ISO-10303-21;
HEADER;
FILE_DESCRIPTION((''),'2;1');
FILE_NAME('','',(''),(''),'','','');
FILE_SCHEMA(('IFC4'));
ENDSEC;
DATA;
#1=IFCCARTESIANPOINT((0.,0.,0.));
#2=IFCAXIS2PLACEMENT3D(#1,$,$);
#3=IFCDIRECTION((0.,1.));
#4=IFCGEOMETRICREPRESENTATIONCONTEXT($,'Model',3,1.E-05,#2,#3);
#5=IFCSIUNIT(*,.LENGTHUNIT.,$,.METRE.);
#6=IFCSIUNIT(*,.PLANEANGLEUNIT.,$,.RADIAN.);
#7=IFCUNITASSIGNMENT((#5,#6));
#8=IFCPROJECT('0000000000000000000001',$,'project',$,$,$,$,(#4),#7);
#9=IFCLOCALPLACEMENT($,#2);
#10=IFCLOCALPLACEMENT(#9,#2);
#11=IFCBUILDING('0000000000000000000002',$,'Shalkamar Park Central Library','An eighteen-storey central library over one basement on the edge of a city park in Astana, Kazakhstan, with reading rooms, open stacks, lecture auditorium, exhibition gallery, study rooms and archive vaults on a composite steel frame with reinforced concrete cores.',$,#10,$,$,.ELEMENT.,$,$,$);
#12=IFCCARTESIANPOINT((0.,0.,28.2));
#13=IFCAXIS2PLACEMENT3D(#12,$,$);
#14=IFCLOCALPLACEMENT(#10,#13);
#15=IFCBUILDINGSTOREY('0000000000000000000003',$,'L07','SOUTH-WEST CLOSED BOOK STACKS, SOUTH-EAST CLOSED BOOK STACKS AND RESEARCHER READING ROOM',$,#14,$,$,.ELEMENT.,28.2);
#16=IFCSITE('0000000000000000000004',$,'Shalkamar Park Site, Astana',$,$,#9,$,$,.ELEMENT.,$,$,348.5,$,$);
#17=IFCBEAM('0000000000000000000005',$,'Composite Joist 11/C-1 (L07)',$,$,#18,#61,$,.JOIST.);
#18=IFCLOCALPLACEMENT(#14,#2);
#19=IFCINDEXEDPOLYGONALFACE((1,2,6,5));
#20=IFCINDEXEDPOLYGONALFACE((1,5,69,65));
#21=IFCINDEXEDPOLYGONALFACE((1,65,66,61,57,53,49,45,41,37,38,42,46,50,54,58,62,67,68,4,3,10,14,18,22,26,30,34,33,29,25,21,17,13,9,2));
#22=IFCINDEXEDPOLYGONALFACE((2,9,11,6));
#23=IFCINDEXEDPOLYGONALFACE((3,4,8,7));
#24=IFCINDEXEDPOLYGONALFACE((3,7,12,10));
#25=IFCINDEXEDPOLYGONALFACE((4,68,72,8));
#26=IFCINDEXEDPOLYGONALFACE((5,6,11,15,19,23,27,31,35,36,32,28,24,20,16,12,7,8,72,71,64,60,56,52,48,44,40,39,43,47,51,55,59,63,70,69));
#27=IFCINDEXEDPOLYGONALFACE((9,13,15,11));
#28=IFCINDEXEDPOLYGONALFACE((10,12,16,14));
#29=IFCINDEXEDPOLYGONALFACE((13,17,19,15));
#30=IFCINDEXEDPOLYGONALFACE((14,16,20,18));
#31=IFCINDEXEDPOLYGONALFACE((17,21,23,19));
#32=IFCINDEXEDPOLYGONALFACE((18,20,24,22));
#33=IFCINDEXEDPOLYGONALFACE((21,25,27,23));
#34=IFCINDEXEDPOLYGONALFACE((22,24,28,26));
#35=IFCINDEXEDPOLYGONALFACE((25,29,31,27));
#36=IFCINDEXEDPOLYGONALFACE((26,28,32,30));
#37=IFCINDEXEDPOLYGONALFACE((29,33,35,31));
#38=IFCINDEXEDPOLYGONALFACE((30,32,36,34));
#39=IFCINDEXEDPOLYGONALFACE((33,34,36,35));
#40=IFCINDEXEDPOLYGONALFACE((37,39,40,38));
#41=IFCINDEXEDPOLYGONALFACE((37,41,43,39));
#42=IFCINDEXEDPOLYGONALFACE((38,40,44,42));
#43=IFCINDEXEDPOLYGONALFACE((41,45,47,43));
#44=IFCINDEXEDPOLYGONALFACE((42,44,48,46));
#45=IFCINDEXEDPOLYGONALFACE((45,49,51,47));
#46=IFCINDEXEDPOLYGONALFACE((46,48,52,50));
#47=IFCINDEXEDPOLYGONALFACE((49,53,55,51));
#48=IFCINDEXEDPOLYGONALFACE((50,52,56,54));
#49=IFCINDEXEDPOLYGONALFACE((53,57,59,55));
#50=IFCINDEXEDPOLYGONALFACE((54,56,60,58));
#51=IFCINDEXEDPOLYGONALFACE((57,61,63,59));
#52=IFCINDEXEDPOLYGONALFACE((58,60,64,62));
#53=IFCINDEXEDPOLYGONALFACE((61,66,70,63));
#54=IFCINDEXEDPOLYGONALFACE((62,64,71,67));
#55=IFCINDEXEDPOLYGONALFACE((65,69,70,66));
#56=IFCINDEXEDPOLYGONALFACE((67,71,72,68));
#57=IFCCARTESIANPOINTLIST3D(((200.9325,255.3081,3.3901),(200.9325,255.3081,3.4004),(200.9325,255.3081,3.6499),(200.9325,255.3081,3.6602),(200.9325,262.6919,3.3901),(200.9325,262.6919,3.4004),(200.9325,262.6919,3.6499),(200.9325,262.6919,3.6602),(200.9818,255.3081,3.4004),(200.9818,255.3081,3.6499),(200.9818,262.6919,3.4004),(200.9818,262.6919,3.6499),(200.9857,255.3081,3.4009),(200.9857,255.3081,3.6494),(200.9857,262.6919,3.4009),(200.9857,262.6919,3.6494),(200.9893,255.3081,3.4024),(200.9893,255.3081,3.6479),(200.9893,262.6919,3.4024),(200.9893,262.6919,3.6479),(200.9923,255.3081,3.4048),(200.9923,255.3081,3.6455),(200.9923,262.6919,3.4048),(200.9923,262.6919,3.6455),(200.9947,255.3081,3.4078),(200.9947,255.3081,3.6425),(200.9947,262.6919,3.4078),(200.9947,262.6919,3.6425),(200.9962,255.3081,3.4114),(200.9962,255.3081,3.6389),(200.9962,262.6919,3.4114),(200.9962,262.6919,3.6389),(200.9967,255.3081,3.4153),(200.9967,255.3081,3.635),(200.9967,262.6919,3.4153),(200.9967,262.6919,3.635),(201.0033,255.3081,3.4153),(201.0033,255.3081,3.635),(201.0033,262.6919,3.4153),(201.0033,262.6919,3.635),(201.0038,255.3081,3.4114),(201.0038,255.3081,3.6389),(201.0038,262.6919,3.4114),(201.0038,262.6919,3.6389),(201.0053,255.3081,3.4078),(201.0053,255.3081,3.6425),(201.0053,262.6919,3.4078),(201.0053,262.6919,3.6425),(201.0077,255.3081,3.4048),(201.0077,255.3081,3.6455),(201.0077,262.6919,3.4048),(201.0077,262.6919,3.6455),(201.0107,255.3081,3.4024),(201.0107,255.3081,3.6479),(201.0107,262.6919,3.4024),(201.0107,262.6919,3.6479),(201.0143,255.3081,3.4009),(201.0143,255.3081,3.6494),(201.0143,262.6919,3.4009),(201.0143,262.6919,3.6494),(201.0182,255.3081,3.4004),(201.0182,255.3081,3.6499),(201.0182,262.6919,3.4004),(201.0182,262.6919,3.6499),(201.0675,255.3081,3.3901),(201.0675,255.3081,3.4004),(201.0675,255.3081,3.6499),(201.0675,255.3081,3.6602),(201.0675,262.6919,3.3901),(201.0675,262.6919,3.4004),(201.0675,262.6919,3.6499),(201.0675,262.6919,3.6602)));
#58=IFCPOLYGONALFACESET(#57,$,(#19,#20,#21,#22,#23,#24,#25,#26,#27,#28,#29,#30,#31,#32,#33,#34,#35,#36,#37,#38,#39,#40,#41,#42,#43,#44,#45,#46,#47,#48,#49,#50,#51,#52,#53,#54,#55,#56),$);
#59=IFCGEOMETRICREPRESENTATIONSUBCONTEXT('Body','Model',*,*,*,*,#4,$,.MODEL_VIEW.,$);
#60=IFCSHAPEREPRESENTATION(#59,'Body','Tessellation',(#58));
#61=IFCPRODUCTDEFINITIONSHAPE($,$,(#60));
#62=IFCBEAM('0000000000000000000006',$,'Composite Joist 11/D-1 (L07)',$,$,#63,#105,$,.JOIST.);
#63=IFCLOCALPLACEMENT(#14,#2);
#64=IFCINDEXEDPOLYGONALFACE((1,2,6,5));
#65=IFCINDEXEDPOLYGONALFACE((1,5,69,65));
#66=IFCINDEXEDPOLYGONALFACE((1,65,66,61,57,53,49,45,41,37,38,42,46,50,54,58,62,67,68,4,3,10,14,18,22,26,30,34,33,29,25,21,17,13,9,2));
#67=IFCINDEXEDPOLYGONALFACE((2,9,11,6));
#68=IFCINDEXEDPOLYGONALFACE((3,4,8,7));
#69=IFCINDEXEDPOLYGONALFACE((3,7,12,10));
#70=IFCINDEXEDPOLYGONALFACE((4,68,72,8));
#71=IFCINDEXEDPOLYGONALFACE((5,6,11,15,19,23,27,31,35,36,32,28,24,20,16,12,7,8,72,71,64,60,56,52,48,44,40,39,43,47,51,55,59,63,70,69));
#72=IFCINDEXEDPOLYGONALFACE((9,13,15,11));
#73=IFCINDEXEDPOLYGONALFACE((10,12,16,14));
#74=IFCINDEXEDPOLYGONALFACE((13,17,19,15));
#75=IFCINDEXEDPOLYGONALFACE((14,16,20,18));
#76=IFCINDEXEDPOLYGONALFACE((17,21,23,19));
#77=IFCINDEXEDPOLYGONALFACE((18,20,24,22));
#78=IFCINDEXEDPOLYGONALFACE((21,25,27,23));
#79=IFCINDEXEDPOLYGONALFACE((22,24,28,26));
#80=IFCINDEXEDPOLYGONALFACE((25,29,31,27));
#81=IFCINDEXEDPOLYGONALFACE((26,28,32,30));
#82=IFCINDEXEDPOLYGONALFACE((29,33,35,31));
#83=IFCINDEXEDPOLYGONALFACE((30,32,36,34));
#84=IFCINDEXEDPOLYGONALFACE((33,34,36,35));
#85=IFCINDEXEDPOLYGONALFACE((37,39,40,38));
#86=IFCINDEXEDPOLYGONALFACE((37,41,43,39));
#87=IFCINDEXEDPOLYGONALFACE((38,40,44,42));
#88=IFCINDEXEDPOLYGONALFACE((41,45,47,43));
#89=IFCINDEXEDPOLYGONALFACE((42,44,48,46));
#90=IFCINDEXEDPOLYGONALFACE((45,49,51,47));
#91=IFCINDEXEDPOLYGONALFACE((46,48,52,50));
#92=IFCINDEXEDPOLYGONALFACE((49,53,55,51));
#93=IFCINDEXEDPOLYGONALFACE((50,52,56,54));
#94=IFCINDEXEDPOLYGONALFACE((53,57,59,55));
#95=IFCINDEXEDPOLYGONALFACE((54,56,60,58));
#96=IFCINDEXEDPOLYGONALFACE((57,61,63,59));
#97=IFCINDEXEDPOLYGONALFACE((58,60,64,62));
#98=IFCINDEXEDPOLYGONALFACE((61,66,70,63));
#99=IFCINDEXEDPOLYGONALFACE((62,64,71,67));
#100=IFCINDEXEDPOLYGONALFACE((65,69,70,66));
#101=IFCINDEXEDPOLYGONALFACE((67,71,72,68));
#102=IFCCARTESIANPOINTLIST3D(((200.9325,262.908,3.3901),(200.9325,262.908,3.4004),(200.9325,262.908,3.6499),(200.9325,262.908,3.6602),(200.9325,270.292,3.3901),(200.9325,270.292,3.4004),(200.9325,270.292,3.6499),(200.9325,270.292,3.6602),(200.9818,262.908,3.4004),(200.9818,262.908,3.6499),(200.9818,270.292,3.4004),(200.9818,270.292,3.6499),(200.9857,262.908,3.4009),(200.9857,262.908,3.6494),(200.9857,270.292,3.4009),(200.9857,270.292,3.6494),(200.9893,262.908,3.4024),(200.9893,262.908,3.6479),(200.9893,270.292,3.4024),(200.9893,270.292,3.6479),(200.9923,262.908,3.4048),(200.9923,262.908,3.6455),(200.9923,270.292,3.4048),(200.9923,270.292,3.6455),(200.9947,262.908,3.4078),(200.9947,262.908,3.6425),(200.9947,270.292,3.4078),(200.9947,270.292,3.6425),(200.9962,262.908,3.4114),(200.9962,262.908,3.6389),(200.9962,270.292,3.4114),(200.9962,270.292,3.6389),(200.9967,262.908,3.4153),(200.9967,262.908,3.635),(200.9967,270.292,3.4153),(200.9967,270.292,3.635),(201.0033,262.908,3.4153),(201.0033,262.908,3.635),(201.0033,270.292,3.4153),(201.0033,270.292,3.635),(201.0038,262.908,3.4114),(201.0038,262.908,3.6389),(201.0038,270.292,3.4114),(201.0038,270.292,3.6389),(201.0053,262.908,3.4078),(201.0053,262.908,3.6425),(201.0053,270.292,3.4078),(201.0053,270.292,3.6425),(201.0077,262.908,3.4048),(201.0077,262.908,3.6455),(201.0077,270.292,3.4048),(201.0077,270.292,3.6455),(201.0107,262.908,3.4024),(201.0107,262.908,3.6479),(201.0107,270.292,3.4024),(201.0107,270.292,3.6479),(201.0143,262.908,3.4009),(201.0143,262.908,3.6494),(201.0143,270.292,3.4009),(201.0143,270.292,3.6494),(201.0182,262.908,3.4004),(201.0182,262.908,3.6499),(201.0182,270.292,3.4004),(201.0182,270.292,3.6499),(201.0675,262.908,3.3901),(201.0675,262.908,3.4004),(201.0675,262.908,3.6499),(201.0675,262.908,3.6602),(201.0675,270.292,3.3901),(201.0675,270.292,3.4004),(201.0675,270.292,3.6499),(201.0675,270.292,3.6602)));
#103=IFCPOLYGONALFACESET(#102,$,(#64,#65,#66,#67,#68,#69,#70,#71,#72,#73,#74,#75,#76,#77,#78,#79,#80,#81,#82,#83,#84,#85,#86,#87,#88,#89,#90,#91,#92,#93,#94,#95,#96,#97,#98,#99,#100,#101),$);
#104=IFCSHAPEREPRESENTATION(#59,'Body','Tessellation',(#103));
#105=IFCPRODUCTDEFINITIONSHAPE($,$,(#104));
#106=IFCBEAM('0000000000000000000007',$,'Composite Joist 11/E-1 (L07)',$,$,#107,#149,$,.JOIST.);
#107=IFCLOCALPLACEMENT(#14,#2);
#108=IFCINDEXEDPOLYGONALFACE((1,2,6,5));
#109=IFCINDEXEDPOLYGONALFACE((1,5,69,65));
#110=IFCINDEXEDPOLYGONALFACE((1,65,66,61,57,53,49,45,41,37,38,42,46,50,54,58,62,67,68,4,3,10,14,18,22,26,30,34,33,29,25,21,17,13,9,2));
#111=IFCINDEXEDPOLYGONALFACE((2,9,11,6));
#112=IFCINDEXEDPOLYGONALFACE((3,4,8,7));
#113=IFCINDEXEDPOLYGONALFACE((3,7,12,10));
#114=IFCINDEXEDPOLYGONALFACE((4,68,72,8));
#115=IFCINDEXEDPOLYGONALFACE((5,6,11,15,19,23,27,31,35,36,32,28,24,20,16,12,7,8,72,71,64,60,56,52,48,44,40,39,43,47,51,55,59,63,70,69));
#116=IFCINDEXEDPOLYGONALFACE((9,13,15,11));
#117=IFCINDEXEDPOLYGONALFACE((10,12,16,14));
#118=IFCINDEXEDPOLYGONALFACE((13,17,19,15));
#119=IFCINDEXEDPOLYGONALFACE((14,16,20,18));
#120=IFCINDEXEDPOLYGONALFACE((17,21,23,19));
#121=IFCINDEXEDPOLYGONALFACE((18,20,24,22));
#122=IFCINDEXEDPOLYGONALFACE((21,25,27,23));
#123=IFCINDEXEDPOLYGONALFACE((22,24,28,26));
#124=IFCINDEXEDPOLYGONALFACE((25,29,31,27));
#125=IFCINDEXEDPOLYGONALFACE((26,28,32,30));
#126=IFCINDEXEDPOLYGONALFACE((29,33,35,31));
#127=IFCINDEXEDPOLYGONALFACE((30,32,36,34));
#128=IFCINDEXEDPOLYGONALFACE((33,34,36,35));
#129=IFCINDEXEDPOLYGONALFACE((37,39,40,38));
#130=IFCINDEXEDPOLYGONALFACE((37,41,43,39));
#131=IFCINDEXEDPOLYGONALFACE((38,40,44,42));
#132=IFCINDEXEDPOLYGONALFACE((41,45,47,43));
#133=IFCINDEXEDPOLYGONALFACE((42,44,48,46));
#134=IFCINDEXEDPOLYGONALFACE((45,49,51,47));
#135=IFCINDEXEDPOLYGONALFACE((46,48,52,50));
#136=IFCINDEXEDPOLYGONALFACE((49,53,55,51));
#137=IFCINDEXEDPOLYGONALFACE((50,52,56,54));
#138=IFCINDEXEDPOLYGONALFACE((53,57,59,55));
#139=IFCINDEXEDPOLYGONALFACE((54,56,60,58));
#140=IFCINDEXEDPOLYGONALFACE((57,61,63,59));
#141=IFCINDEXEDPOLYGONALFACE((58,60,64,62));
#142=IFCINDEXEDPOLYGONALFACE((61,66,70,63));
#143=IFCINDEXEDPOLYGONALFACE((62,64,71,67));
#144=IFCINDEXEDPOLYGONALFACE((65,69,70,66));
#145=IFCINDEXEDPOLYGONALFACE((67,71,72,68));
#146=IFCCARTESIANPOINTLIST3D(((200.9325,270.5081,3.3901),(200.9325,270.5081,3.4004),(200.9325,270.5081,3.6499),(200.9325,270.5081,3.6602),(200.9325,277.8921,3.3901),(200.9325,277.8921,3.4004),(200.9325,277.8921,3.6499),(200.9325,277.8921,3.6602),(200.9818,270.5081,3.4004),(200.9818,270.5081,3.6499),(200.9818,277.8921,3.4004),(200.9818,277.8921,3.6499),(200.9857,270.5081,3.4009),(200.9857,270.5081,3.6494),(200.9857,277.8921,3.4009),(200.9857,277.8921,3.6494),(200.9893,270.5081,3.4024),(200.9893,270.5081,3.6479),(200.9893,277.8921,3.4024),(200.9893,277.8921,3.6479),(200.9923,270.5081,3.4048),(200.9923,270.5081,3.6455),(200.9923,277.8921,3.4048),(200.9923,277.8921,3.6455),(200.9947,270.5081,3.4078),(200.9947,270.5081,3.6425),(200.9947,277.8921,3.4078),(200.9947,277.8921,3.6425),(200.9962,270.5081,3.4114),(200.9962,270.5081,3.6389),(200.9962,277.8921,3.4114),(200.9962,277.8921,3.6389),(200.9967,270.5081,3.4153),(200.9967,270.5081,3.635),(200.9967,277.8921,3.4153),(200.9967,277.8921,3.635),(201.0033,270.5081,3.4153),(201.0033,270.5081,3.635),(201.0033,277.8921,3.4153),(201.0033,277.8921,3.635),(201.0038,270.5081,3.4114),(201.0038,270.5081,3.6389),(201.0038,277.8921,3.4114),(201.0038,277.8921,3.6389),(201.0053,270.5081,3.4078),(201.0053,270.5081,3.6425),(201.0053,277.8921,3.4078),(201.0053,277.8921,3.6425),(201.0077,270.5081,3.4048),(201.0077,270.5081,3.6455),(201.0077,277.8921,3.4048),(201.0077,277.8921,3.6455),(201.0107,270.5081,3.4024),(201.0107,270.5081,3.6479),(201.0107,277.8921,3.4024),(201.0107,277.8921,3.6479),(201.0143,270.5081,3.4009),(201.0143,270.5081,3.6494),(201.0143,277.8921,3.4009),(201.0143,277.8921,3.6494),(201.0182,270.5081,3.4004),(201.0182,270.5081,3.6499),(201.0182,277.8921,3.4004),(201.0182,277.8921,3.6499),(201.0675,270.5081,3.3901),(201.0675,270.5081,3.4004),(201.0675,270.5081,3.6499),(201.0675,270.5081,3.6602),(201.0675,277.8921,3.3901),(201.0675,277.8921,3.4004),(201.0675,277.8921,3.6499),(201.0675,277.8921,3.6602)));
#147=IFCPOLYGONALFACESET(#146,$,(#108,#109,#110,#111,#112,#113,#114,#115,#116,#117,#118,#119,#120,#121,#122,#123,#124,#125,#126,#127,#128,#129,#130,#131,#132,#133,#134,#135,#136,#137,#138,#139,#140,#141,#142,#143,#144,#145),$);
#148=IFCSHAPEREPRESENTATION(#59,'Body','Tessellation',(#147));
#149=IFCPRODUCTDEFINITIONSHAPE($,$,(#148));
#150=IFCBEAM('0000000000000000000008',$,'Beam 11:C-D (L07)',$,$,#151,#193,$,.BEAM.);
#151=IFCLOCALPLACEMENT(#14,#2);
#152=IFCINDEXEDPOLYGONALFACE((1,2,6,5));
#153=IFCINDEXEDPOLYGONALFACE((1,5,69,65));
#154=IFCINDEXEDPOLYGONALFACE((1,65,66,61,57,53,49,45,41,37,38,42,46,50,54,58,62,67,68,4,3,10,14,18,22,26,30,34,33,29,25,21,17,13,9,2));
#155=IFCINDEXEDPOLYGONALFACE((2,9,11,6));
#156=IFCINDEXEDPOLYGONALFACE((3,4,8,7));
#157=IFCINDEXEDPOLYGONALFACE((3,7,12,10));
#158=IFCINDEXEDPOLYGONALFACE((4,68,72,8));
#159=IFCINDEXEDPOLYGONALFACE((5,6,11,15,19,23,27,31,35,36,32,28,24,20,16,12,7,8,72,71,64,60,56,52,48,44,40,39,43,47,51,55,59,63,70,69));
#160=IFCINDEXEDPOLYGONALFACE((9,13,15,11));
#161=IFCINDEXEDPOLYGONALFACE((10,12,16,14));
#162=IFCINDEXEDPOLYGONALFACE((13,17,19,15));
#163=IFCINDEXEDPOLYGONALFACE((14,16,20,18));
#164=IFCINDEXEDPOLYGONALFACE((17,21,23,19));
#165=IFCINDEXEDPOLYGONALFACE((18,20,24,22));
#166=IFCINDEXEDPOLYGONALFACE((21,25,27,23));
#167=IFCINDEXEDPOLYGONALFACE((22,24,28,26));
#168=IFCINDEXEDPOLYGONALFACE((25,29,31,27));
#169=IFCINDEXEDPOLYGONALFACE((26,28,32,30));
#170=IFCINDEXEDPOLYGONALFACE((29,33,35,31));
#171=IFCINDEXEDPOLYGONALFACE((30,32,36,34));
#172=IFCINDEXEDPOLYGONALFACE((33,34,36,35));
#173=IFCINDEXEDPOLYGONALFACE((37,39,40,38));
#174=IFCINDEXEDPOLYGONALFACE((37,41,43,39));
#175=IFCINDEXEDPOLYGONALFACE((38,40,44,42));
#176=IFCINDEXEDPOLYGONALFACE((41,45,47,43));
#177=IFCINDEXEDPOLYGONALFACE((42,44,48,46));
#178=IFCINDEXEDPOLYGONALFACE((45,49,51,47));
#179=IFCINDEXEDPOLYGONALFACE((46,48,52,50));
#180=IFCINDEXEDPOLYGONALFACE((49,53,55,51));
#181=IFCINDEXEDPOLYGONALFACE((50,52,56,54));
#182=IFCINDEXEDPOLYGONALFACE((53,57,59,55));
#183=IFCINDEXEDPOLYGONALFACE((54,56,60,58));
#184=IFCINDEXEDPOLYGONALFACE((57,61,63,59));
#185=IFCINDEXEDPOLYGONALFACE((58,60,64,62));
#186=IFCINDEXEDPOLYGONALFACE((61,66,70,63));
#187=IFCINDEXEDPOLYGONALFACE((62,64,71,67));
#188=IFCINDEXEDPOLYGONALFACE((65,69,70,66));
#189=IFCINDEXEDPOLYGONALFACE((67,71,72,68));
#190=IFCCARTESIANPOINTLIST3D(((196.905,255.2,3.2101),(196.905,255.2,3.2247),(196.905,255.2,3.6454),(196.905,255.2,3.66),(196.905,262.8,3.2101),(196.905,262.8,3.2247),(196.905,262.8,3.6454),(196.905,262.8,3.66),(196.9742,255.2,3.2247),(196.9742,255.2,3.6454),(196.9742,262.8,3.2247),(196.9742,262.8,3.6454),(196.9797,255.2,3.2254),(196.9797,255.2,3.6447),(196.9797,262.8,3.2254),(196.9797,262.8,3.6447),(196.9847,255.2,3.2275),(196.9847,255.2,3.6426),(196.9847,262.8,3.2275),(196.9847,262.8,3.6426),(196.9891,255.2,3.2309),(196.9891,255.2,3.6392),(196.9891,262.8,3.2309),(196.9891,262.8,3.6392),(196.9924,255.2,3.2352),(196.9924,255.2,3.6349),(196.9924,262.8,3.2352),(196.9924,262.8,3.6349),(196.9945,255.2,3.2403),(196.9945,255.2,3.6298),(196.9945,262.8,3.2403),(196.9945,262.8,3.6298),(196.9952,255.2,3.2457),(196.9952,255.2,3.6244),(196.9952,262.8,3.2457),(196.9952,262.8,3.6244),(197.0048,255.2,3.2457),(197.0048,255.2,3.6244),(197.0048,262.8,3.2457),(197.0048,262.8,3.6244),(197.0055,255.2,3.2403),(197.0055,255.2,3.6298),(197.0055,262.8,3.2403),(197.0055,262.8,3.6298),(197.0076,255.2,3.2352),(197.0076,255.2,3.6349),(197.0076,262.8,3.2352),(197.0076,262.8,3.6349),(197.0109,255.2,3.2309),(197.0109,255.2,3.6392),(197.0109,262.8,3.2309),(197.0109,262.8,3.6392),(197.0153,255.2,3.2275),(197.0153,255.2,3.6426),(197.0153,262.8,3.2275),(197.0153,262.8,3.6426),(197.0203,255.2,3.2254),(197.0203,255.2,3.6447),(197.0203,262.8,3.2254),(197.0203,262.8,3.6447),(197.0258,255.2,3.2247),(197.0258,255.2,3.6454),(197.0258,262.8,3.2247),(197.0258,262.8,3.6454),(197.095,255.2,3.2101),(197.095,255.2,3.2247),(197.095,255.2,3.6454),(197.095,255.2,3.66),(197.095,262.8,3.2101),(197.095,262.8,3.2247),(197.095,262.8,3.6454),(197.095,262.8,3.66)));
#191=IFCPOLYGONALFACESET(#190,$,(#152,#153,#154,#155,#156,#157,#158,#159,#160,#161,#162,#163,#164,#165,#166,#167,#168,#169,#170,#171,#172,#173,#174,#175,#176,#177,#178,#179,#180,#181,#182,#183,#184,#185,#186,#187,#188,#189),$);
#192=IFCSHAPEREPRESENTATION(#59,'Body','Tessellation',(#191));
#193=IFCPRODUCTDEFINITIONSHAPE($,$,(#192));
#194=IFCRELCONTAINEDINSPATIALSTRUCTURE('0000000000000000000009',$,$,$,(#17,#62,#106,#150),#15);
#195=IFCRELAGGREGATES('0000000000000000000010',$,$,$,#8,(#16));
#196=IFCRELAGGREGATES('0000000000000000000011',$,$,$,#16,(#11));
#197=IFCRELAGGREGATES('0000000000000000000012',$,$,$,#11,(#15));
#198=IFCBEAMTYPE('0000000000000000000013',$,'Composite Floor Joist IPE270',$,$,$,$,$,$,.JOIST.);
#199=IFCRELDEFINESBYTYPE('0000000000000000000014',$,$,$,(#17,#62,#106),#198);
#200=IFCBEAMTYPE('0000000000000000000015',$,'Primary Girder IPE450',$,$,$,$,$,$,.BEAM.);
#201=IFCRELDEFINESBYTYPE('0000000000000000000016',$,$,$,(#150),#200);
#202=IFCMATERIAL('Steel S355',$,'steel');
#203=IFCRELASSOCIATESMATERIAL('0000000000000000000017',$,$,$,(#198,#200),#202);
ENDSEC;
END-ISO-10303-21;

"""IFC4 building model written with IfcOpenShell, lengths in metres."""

from ifc_helpers import new_model, si_unit, direction, frame, origin, origin_2d, place, context, subcontext, project, spatial, i_section, extrude, material, material_profile, profile_set, type_object, element, save


model = new_model("IFC4")

# Units and contexts
model_context = context("Model", 3, precision=1e-05, world=origin(), true_north=direction((0.0, 1.0)))
body_context = subcontext(model_context, "Body", "Model", "MODEL_VIEW")
ifc_project = project(units=[si_unit("LENGTHUNIT", "METRE"), si_unit("PLANEANGLEUNIT", "RADIAN")], contexts=[model_context])

# Site, building, storey
site_placement = place(None, origin())
site = spatial("IfcSite", under=ifc_project, at=site_placement, Name="Shalkamar Park Site, Astana", CompositionType="ELEMENT", RefElevation=348.5)
building_placement = place(site_placement, origin())
building = spatial("IfcBuilding", under=site, at=building_placement, Name="Shalkamar Park Central Library", Description="An eighteen-storey central library over one basement on the edge of a city park in Astana, Kazakhstan, with reading rooms, open stacks, lecture auditorium, exhibition gallery, study rooms and archive vaults on a composite steel frame with reinforced concrete cores.", CompositionType="ELEMENT")
storey_placement = place(building_placement, frame((0.0, 0.0, 28.2)))
storey = spatial("IfcBuildingStorey", under=building, at=storey_placement, Name="L07", Description="SOUTH-WEST CLOSED BOOK STACKS, SOUTH-EAST CLOSED BOOK STACKS AND RESEARCHER READING ROOM", CompositionType="ELEMENT", Elevation=28.2)

# Shared definitions
ifc_material_1 = material(Name="Steel S355", Category="steel")

# Beams
ifc_material_profile_1 = material_profile(ifc_material_1, i_section(OverallWidth=0.135, OverallDepth=0.27, WebThickness=0.0066, FlangeThickness=0.0103, FilletRadius=0.0149, at=origin_2d()), Name="IPE 270")
ifc_profile_set_1 = profile_set([ifc_material_profile_1], Name="Steel S355")
beam_type_1 = type_object("IfcBeamType", Name="Composite Floor Joist IPE270", PredefinedType="JOIST", material=ifc_profile_set_1)
beam_1_placement = place(storey_placement, frame((201.0, 255.3081, 3.5251), z_axis=(0.0, 1.0, 0.0), x_axis=(-1.0, 0.0, 0.0)))
element("IfcBeam", 1, at=beam_1_placement, inside=storey, type_object=beam_type_1, Name="Composite Joist 11/C-1 (L07)", PredefinedType="JOIST", context=body_context, shape_type="SweptSolid", body=[
    extrude(i_section(OverallWidth=0.135, OverallDepth=0.27, WebThickness=0.0066, FlangeThickness=0.0103, FilletRadius=0.0149, at=origin_2d()), origin(), (0.0, 0.0, 1.0), 7.3838),
])
for number, where, z_axis, x_axis, name in (
    (2, (201.0, 262.908, 3.5251), (0.0, 1.0, 0.0), (-1.0, 0.0, 0.0), "Composite Joist 11/D-1 (L07)"),
    (3, (201.0, 270.5081, 3.5251), (0.0, 1.0, 0.0), (-1.0, 0.0, 0.0), "Composite Joist 11/E-1 (L07)"),
):
    element("IfcBeam", number, at=place(storey_placement, frame(where, z_axis=z_axis, x_axis=x_axis)), inside=storey, type_object=beam_type_1, Name=name, PredefinedType="JOIST", context=body_context, shape_type="SweptSolid", body=[
        extrude(i_section(OverallWidth=0.135, OverallDepth=0.27, WebThickness=0.0066, FlangeThickness=0.0103, FilletRadius=0.0149, at=origin_2d()), origin(), (0.0, 0.0, 1.0), 7.384),
    ])
ifc_material_profile_2 = material_profile(ifc_material_1, i_section(OverallWidth=0.1899, OverallDepth=0.45, WebThickness=0.0095, FlangeThickness=0.0146, FilletRadius=0.021, at=origin_2d()), Name="IPE 450")
ifc_profile_set_2 = profile_set([ifc_material_profile_2], Name="Steel S355")
beam_type_2 = type_object("IfcBeamType", Name="Primary Girder IPE450", PredefinedType="BEAM", material=ifc_profile_set_2)
beam_2_placement = place(storey_placement, frame((197.0, 255.2, 3.4351), z_axis=(0.0, 1.0, 0.0), x_axis=(-1.0, 0.0, 0.0)))
element("IfcBeam", 4, at=beam_2_placement, inside=storey, type_object=beam_type_2, Name="Beam 11:C-D (L07)", PredefinedType="BEAM", context=body_context, shape_type="SweptSolid", body=[
    extrude(i_section(OverallWidth=0.1899, OverallDepth=0.45, WebThickness=0.0095, FlangeThickness=0.0146, FilletRadius=0.021, at=origin_2d()), origin(), (0.0, 0.0, 1.0), 7.6001),
])

save(model, "model.ifc")
